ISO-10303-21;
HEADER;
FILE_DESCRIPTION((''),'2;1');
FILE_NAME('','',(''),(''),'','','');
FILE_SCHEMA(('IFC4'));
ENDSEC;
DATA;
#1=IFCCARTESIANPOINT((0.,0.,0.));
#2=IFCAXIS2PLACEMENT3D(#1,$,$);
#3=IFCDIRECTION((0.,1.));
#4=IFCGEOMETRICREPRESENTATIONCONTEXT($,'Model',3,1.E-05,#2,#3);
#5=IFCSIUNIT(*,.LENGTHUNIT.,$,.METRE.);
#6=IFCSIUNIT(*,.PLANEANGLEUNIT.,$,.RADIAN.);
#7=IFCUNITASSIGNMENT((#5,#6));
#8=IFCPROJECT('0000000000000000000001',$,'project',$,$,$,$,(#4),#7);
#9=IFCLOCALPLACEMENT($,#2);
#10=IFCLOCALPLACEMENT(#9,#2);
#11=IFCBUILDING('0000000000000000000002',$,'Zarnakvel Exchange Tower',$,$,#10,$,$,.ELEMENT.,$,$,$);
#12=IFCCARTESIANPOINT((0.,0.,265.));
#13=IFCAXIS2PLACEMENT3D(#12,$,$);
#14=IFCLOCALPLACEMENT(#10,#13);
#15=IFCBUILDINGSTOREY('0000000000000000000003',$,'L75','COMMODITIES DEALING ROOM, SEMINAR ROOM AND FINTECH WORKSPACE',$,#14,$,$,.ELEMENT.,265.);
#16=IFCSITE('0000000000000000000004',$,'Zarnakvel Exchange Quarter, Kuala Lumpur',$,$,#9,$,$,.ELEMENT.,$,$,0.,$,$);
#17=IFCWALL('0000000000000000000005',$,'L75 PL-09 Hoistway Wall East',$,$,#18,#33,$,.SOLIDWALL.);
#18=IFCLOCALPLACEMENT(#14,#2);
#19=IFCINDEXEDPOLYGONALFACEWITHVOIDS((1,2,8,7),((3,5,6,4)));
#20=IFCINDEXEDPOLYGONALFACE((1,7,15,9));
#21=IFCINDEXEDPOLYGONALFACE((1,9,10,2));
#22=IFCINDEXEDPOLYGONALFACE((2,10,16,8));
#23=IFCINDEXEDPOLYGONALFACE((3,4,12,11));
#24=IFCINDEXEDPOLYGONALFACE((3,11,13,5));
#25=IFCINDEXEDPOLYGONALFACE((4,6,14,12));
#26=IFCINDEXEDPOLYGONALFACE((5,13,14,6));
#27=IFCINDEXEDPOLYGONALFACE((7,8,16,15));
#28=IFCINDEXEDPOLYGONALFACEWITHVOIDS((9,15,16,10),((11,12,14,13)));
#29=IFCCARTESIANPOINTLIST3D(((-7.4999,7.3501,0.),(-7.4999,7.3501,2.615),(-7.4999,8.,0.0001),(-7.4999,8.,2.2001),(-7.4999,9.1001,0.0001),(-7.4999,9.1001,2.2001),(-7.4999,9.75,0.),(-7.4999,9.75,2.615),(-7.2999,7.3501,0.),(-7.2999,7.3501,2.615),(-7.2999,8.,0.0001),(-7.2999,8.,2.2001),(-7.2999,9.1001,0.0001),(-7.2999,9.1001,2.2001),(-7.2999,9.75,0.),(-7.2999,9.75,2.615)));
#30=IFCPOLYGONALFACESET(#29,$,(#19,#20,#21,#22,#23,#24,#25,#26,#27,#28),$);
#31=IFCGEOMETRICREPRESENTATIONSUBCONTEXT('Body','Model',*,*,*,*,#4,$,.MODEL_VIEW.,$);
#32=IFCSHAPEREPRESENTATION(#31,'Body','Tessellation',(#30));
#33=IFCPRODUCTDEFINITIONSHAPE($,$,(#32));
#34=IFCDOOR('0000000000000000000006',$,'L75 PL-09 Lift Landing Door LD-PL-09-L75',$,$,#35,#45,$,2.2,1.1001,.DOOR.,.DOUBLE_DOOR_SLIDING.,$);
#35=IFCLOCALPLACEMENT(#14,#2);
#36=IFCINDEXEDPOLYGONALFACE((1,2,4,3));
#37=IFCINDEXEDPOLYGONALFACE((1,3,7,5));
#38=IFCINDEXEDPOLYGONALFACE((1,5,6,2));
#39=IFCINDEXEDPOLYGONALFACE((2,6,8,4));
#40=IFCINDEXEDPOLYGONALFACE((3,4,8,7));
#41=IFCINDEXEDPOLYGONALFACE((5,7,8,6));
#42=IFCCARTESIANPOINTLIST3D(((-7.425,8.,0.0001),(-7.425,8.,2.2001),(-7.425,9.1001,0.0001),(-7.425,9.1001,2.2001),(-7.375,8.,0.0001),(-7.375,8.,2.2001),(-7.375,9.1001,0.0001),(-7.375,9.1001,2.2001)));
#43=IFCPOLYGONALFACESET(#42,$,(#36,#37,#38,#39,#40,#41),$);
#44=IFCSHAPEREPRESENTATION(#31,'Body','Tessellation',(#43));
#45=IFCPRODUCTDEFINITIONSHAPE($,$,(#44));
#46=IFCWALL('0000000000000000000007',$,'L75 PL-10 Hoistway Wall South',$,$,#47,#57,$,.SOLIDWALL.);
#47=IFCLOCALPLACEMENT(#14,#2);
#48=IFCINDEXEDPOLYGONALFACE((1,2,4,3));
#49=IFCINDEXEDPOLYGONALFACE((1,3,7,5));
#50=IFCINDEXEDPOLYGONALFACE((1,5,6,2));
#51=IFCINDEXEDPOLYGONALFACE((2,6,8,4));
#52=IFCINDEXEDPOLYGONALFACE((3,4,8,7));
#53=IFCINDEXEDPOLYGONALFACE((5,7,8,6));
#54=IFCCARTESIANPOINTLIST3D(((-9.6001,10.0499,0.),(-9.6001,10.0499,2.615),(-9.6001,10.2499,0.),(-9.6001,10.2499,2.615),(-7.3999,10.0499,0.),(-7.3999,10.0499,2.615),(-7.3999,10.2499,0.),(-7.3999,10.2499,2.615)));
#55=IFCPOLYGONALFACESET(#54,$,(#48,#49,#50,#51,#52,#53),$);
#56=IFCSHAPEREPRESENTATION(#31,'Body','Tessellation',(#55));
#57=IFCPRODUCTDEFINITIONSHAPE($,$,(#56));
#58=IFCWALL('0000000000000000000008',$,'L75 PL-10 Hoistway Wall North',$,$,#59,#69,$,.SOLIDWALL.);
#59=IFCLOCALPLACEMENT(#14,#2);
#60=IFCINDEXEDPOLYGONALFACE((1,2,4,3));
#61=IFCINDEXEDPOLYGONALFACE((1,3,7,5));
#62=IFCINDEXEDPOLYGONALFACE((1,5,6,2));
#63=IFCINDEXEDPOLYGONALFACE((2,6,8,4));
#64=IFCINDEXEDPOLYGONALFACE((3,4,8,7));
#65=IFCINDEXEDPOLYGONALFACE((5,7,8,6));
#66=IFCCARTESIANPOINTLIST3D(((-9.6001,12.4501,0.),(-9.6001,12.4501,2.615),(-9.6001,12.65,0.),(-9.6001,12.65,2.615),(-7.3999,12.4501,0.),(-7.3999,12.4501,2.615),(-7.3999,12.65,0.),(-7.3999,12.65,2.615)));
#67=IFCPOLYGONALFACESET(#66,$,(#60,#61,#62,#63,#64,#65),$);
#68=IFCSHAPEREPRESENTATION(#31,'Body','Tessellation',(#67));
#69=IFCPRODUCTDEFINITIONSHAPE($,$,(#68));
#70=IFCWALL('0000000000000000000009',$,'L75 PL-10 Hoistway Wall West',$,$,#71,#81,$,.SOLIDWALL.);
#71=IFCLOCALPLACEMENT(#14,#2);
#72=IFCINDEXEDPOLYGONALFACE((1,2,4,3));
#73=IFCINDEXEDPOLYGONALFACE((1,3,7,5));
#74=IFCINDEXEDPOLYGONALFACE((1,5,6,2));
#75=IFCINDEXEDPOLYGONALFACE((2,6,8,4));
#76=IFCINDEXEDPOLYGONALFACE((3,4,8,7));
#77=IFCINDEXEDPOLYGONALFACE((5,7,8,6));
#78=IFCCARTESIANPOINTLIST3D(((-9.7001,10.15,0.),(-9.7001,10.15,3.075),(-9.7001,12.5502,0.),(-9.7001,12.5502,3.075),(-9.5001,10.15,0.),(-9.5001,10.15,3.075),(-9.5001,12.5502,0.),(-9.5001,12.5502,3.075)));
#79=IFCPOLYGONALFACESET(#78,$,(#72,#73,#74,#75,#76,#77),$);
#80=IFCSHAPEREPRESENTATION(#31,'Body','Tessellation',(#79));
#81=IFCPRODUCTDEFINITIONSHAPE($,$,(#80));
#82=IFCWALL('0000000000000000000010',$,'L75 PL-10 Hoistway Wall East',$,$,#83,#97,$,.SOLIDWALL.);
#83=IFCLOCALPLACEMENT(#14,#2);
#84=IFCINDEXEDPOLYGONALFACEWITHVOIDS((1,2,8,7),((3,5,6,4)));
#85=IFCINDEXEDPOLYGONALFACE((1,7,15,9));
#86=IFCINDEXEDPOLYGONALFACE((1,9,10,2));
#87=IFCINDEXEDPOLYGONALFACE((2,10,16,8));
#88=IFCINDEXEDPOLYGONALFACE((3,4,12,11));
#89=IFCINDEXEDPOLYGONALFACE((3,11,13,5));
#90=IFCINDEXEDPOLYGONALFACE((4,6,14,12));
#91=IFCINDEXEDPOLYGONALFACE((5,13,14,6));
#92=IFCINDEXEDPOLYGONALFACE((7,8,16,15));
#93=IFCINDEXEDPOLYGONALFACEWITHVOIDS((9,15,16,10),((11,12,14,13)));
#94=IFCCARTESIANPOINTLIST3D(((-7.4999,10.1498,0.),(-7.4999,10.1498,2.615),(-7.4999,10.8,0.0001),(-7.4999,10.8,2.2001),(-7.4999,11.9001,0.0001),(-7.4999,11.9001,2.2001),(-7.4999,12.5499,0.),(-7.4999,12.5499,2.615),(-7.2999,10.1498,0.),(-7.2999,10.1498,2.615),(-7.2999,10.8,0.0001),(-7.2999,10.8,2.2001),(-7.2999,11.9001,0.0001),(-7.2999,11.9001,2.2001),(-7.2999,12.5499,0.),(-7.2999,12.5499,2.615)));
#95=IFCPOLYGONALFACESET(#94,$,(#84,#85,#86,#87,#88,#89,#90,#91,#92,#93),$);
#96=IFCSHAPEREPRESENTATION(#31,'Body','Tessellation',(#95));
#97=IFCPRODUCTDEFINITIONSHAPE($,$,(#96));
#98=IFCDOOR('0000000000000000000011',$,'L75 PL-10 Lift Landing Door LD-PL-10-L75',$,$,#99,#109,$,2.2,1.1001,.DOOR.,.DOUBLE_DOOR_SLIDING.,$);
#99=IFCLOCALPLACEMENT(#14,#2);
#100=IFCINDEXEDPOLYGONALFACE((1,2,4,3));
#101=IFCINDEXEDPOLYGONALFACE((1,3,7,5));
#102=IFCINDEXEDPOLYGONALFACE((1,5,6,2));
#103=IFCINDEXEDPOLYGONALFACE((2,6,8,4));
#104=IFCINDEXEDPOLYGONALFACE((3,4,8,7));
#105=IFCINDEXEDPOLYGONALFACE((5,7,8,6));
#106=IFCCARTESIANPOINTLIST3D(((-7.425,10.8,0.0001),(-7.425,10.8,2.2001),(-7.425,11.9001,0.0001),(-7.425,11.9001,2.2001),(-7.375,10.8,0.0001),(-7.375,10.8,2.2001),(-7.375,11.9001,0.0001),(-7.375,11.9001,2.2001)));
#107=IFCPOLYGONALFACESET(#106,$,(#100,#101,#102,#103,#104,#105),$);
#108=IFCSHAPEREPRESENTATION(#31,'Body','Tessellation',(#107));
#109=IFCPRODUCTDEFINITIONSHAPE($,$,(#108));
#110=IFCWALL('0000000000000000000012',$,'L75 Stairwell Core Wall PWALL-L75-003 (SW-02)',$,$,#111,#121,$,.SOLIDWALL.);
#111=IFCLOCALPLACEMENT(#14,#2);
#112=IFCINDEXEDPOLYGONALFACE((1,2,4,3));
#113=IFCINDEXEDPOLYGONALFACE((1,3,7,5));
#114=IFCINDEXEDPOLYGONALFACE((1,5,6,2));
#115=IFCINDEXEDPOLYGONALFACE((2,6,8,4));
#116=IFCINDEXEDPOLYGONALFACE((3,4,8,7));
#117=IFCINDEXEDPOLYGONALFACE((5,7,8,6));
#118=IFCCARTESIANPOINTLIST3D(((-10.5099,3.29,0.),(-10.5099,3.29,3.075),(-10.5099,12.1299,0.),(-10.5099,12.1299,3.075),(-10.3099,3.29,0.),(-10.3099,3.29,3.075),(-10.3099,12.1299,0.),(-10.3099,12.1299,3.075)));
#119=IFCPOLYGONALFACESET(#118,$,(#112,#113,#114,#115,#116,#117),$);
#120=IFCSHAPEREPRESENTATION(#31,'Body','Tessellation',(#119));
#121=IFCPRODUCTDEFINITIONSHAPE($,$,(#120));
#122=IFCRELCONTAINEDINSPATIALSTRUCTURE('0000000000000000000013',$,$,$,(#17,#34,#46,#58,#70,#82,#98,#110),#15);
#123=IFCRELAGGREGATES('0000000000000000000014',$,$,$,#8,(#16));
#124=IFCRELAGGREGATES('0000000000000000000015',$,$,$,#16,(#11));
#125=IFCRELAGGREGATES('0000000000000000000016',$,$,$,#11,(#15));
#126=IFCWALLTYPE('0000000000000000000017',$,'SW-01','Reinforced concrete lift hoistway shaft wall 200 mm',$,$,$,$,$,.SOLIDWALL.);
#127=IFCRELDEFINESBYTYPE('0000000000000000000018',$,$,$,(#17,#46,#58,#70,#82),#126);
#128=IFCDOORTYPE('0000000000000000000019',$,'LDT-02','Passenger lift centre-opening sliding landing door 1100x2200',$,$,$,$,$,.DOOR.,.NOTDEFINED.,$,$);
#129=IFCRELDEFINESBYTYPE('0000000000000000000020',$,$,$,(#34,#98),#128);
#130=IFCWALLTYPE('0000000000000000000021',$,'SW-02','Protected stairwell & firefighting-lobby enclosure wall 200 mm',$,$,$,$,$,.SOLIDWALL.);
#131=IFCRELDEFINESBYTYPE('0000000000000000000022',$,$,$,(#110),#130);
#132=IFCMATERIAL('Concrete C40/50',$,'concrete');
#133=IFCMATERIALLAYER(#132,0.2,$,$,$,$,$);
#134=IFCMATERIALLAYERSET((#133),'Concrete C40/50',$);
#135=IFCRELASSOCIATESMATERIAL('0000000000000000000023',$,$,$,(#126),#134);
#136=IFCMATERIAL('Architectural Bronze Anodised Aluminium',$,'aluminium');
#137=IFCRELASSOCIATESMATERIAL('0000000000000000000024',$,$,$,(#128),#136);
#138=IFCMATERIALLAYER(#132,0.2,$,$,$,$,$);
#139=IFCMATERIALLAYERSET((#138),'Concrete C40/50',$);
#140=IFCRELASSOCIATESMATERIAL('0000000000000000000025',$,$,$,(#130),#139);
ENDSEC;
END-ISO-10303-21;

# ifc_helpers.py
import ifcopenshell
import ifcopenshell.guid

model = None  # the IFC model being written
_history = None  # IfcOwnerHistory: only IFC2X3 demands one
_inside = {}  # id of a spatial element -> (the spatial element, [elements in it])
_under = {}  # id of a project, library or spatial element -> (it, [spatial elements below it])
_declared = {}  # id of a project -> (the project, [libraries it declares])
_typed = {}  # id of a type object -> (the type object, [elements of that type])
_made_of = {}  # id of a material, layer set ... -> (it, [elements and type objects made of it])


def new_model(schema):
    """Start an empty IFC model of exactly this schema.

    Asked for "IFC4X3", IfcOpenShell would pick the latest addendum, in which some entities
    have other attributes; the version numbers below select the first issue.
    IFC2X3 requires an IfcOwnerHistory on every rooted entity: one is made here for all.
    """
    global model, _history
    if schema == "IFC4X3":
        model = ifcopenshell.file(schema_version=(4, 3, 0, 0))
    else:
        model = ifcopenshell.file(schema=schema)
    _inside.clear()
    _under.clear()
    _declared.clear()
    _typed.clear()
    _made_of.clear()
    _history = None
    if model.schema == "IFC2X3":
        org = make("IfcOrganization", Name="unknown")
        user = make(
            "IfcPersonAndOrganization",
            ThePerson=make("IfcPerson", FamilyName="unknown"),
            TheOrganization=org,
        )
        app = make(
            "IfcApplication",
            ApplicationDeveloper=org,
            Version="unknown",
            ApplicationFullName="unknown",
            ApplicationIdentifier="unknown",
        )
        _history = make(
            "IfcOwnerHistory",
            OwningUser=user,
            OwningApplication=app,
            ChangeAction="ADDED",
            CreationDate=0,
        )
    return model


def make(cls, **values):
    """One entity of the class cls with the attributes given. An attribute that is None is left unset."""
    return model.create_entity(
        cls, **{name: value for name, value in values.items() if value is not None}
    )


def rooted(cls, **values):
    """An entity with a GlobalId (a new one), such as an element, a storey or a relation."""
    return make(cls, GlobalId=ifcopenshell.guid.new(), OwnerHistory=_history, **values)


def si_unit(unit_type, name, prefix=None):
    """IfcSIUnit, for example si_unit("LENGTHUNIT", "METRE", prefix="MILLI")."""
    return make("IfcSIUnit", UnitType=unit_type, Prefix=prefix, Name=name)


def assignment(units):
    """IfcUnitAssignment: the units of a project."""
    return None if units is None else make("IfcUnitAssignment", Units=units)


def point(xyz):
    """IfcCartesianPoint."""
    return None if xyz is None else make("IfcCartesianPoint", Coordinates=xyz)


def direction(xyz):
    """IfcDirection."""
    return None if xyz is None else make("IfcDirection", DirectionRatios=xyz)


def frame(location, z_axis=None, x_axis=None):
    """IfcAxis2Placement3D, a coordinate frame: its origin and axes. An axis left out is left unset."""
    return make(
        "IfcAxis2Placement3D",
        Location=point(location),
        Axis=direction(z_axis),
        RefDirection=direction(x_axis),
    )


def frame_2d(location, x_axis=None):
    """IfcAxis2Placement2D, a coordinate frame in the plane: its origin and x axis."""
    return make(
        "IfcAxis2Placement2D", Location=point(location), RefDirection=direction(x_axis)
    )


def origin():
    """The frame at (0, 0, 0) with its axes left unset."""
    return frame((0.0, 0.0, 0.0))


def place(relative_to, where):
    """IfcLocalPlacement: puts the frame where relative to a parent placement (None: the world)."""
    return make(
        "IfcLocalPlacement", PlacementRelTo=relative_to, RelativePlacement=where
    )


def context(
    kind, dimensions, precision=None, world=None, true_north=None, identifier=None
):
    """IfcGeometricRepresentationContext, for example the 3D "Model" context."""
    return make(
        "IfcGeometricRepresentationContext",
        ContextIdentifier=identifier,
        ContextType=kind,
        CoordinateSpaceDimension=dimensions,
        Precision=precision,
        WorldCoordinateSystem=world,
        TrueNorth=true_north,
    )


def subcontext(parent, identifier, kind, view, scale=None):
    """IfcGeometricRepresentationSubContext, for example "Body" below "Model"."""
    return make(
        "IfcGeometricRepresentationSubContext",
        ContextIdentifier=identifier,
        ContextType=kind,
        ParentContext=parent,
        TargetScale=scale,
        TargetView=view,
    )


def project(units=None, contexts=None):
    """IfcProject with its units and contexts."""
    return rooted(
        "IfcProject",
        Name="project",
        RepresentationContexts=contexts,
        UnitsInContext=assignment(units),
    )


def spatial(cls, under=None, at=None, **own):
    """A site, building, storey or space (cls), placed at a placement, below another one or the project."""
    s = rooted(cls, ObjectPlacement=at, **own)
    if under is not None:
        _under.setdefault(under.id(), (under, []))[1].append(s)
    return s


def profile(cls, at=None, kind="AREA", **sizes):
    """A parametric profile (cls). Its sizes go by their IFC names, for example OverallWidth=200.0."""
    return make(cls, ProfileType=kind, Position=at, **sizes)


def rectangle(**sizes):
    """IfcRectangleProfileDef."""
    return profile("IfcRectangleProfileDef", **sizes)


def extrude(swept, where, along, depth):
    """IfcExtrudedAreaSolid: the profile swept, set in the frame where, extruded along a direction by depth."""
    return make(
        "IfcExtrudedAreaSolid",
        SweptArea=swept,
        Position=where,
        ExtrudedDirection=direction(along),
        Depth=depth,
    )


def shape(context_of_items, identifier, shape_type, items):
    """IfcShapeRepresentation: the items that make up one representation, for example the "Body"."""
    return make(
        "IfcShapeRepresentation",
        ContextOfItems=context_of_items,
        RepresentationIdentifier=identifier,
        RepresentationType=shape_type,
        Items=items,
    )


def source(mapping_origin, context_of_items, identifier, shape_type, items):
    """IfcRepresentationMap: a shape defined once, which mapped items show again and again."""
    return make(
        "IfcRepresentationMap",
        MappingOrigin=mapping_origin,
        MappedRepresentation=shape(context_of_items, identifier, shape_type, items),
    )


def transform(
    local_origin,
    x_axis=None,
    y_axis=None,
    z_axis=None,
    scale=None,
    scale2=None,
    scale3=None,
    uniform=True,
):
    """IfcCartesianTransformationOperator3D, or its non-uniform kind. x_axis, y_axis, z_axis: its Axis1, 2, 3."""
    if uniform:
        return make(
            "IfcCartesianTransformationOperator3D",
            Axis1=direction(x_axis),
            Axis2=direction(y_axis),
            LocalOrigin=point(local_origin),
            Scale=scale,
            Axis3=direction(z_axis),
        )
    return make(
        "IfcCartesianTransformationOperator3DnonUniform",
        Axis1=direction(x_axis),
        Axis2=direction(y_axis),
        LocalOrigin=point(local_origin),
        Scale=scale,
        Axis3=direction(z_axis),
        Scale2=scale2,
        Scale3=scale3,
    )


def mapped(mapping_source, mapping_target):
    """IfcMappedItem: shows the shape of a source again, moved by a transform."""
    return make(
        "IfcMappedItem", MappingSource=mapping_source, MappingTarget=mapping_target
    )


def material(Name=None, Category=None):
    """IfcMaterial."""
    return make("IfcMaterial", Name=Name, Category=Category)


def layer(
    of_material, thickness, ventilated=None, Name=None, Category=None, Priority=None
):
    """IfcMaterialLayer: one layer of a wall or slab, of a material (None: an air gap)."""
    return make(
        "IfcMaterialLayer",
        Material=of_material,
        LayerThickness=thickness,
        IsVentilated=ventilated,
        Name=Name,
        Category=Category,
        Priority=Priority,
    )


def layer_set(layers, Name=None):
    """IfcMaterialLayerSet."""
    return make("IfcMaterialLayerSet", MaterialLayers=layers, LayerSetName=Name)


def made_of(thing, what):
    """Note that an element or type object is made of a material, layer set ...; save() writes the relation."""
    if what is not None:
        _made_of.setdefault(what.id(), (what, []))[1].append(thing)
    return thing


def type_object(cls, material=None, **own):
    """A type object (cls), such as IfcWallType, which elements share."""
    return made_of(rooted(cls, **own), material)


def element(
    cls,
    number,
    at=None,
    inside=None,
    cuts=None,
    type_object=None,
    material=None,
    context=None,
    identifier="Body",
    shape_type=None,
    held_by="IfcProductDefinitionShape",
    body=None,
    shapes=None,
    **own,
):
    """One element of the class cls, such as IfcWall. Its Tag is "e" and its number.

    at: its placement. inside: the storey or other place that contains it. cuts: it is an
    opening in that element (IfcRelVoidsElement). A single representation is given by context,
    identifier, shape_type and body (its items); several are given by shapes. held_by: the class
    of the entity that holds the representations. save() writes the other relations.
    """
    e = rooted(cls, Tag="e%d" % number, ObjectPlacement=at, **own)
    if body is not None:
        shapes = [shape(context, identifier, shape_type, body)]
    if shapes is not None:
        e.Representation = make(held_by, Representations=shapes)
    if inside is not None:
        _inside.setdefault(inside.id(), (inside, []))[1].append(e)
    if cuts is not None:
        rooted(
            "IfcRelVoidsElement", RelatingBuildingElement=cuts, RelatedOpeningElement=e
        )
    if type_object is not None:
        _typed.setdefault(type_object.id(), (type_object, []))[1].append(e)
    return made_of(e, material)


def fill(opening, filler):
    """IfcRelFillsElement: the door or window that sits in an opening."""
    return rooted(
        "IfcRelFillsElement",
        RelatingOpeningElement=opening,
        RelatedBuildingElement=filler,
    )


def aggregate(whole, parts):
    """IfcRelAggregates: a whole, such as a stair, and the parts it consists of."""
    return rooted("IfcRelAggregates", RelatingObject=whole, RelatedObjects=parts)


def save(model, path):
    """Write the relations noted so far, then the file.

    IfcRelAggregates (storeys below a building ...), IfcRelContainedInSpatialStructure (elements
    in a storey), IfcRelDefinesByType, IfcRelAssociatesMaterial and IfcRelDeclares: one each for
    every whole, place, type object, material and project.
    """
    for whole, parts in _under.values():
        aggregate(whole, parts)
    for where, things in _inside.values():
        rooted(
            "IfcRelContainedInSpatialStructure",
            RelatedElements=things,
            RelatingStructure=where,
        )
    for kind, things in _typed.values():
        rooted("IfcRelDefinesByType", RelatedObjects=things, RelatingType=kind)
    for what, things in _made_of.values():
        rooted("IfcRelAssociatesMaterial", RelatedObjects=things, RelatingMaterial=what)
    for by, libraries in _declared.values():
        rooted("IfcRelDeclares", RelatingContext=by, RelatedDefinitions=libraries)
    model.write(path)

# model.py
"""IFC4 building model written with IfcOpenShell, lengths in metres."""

from ifc_helpers import new_model, si_unit, direction, frame, frame_2d, origin, place, context, subcontext, project, spatial, rectangle, extrude, source, transform, mapped, material, layer, layer_set, type_object, element, fill, save


model = new_model("IFC4")

# Units and contexts
model_context = context("Model", 3, precision=1e-05, world=origin(), true_north=direction((0.0, 1.0)))
body_context = subcontext(model_context, "Body", "Model", "MODEL_VIEW")
ifc_project = project(units=[si_unit("LENGTHUNIT", "METRE"), si_unit("PLANEANGLEUNIT", "RADIAN")], contexts=[model_context])

# Site, building, storey
site_placement = place(None, origin())
site = spatial("IfcSite", under=ifc_project, at=site_placement, Name="Zarnakvel Exchange Quarter, Kuala Lumpur", CompositionType="ELEMENT", RefElevation=0.0)
building_placement = place(site_placement, origin())
building = spatial("IfcBuilding", under=site, at=building_placement, Name="Zarnakvel Exchange Tower", CompositionType="ELEMENT")
storey_placement = place(building_placement, frame((0.0, 0.0, 265.0)))
storey = spatial("IfcBuildingStorey", under=building, at=storey_placement, Name="L75", Description="COMMODITIES DEALING ROOM, SEMINAR ROOM AND FINTECH WORKSPACE", CompositionType="ELEMENT", Elevation=265.0)

# Shared definitions
ifc_material_1 = material(Name="Architectural Bronze Anodised Aluminium", Category="aluminium")

# Shared definitions
ifc_material_2 = material(Name="Concrete C40/50", Category="concrete")
ifc_layer_1 = layer(ifc_material_2, 0.2)
ifc_layer_set_1 = layer_set([ifc_layer_1], Name="Concrete C40/50")
wall_type_1 = type_object("IfcWallType", Name="SW-01", Description="Reinforced concrete lift hoistway shaft wall 200 mm", PredefinedType="SOLIDWALL", material=ifc_layer_set_1)

# Wall, opening, door
wall_1_placement = place(storey_placement, frame((-7.3999, 9.75, 0.0), z_axis=(0.0, 0.0, 1.0), x_axis=(0.0, -1.0, 0.0)))
wall_1 = element("IfcWall", 1, at=wall_1_placement, inside=storey, type_object=wall_type_1, Name="L75 PL-09 Hoistway Wall East", PredefinedType="SOLIDWALL", context=body_context, shape_type="SweptSolid", body=[
    extrude(rectangle(XDim=2.3999, YDim=0.2, at=frame_2d((1.2, 0.0))), origin(), (0.0, 0.0, 1.0), 2.615),
])
opening_1_placement = place(wall_1_placement, frame((0.6499, 0.0, 0.0)))
opening_1 = element("IfcOpeningElement", 2, at=opening_1_placement, cuts=wall_1, PredefinedType="OPENING", context=body_context, shape_type="SweptSolid", body=[
    extrude(rectangle(XDim=1.1001, YDim=2.2, at=frame_2d((0.55, 1.1001))), frame((0.0, 0.1099, 0.0), z_axis=(0.0, -1.0, 0.0), x_axis=(1.0, 0.0, 0.0)), (0.0, 0.0, 1.0), 0.22),
])
door_type = type_object("IfcDoorType", Name="LDT-02", Description="Passenger lift centre-opening sliding landing door 1100x2200", OperationType="NOTDEFINED", PredefinedType="DOOR", material=ifc_material_1)
shared_shape_1 = source(origin(), body_context, "Body", "SweptSolid", [
    extrude(rectangle(XDim=1.1001, YDim=2.2, at=frame_2d((0.55, 1.1001))), frame((0.0, 0.0249, 0.0), z_axis=(0.0, -1.0, 0.0), x_axis=(1.0, 0.0, 0.0)), (0.0, 0.0, 1.0), 0.05),
])
door_1_placement = place(opening_1_placement, origin())
door_1 = element("IfcDoor", 3, at=door_1_placement, inside=storey, type_object=door_type, Name="L75 PL-09 Lift Landing Door LD-PL-09-L75", OperationType="DOUBLE_DOOR_SLIDING", OverallHeight=2.2, OverallWidth=1.1001, PredefinedType="DOOR", context=body_context, shape_type="MappedRepresentation", body=[
    mapped(shared_shape_1, transform((0.0, 0.0, 0.0), x_axis=(1.0, 0.0, 0.0), y_axis=(0.0, 1.0, 0.0), z_axis=(0.0, 0.0, 1.0), scale=1.0)),
])
fill(opening_1, door_1)

# Walls
for number, where, z_axis, x_axis, name in (
    (4, (-7.3999, 10.1499, 0.0), (0.0, 0.0, 1.0), (-1.0, 0.0, 0.0), "L75 PL-10 Hoistway Wall South"),
    (5, (-9.6001, 12.55, 0.0), (0.0, 0.0, 1.0), (1.0, 0.0, 0.0), "L75 PL-10 Hoistway Wall North"),
):
    element("IfcWall", number, at=place(storey_placement, frame(where, z_axis=z_axis, x_axis=x_axis)), inside=storey, type_object=wall_type_1, Name=name, PredefinedType="SOLIDWALL", context=body_context, shape_type="SweptSolid", body=[
        extrude(rectangle(XDim=2.2002, YDim=0.2, at=frame_2d((1.1001, 0.0))), origin(), (0.0, 0.0, 1.0), 2.615),
    ])
wall_2_placement = place(storey_placement, frame((-9.6001, 10.1499, 0.0), z_axis=(0.0, 0.0, 1.0), x_axis=(0.0, 1.0, 0.0)))
element("IfcWall", 6, at=wall_2_placement, inside=storey, type_object=wall_type_1, Name="L75 PL-10 Hoistway Wall West", PredefinedType="SOLIDWALL", context=body_context, shape_type="SweptSolid", body=[
    extrude(rectangle(XDim=2.4001, YDim=0.2, at=frame_2d((1.2002, 0.0))), origin(), (0.0, 0.0, 1.0), 3.075),
])

# Wall, opening, door
wall_3_placement = place(storey_placement, frame((-7.3999, 12.55, 0.0), z_axis=(0.0, 0.0, 1.0), x_axis=(0.0, -1.0, 0.0)))
wall_3 = element("IfcWall", 7, at=wall_3_placement, inside=storey, type_object=wall_type_1, Name="L75 PL-10 Hoistway Wall East", PredefinedType="SOLIDWALL", context=body_context, shape_type="SweptSolid", body=[
    extrude(rectangle(XDim=2.4001, YDim=0.2, at=frame_2d((1.2002, 0.0))), origin(), (0.0, 0.0, 1.0), 2.615),
])
opening_2_placement = place(wall_3_placement, frame((0.6499, 0.0, 0.0)))
opening_2 = element("IfcOpeningElement", 8, at=opening_2_placement, cuts=wall_3, PredefinedType="OPENING", context=body_context, shape_type="SweptSolid", body=[
    extrude(rectangle(XDim=1.1001, YDim=2.2, at=frame_2d((0.55, 1.1001))), frame((0.0, 0.1099, 0.0), z_axis=(0.0, -1.0, 0.0), x_axis=(1.0, 0.0, 0.0)), (0.0, 0.0, 1.0), 0.22),
])
door_2_placement = place(opening_2_placement, origin())
door_2 = element("IfcDoor", 9, at=door_2_placement, inside=storey, type_object=door_type, Name="L75 PL-10 Lift Landing Door LD-PL-10-L75", OperationType="DOUBLE_DOOR_SLIDING", OverallHeight=2.2, OverallWidth=1.1001, PredefinedType="DOOR", context=body_context, shape_type="MappedRepresentation", body=[
    mapped(shared_shape_1, transform((0.0, 0.0, 0.0), x_axis=(1.0, 0.0, 0.0), y_axis=(0.0, 1.0, 0.0), z_axis=(0.0, 0.0, 1.0), scale=1.0)),
])
fill(opening_2, door_2)

# Wall
ifc_layer_2 = layer(ifc_material_2, 0.2)
ifc_layer_set_2 = layer_set([ifc_layer_2], Name="Concrete C40/50")
wall_type_2 = type_object("IfcWallType", Name="SW-02", Description="Protected stairwell & firefighting-lobby enclosure wall 200 mm", PredefinedType="SOLIDWALL", material=ifc_layer_set_2)
wall_4_placement = place(storey_placement, frame((-10.4099, 12.1299, 0.0), z_axis=(0.0, 0.0, 1.0), x_axis=(0.0, -1.0, 0.0)))
element("IfcWall", 10, at=wall_4_placement, inside=storey, type_object=wall_type_2, Name="L75 Stairwell Core Wall PWALL-L75-003 (SW-02)", PredefinedType="SOLIDWALL", context=body_context, shape_type="SweptSolid", body=[
    extrude(rectangle(XDim=8.8398, YDim=0.2, at=frame_2d((4.4199, 0.0))), origin(), (0.0, 0.0, 1.0), 3.075),
])

save(model, "model.ifc")
